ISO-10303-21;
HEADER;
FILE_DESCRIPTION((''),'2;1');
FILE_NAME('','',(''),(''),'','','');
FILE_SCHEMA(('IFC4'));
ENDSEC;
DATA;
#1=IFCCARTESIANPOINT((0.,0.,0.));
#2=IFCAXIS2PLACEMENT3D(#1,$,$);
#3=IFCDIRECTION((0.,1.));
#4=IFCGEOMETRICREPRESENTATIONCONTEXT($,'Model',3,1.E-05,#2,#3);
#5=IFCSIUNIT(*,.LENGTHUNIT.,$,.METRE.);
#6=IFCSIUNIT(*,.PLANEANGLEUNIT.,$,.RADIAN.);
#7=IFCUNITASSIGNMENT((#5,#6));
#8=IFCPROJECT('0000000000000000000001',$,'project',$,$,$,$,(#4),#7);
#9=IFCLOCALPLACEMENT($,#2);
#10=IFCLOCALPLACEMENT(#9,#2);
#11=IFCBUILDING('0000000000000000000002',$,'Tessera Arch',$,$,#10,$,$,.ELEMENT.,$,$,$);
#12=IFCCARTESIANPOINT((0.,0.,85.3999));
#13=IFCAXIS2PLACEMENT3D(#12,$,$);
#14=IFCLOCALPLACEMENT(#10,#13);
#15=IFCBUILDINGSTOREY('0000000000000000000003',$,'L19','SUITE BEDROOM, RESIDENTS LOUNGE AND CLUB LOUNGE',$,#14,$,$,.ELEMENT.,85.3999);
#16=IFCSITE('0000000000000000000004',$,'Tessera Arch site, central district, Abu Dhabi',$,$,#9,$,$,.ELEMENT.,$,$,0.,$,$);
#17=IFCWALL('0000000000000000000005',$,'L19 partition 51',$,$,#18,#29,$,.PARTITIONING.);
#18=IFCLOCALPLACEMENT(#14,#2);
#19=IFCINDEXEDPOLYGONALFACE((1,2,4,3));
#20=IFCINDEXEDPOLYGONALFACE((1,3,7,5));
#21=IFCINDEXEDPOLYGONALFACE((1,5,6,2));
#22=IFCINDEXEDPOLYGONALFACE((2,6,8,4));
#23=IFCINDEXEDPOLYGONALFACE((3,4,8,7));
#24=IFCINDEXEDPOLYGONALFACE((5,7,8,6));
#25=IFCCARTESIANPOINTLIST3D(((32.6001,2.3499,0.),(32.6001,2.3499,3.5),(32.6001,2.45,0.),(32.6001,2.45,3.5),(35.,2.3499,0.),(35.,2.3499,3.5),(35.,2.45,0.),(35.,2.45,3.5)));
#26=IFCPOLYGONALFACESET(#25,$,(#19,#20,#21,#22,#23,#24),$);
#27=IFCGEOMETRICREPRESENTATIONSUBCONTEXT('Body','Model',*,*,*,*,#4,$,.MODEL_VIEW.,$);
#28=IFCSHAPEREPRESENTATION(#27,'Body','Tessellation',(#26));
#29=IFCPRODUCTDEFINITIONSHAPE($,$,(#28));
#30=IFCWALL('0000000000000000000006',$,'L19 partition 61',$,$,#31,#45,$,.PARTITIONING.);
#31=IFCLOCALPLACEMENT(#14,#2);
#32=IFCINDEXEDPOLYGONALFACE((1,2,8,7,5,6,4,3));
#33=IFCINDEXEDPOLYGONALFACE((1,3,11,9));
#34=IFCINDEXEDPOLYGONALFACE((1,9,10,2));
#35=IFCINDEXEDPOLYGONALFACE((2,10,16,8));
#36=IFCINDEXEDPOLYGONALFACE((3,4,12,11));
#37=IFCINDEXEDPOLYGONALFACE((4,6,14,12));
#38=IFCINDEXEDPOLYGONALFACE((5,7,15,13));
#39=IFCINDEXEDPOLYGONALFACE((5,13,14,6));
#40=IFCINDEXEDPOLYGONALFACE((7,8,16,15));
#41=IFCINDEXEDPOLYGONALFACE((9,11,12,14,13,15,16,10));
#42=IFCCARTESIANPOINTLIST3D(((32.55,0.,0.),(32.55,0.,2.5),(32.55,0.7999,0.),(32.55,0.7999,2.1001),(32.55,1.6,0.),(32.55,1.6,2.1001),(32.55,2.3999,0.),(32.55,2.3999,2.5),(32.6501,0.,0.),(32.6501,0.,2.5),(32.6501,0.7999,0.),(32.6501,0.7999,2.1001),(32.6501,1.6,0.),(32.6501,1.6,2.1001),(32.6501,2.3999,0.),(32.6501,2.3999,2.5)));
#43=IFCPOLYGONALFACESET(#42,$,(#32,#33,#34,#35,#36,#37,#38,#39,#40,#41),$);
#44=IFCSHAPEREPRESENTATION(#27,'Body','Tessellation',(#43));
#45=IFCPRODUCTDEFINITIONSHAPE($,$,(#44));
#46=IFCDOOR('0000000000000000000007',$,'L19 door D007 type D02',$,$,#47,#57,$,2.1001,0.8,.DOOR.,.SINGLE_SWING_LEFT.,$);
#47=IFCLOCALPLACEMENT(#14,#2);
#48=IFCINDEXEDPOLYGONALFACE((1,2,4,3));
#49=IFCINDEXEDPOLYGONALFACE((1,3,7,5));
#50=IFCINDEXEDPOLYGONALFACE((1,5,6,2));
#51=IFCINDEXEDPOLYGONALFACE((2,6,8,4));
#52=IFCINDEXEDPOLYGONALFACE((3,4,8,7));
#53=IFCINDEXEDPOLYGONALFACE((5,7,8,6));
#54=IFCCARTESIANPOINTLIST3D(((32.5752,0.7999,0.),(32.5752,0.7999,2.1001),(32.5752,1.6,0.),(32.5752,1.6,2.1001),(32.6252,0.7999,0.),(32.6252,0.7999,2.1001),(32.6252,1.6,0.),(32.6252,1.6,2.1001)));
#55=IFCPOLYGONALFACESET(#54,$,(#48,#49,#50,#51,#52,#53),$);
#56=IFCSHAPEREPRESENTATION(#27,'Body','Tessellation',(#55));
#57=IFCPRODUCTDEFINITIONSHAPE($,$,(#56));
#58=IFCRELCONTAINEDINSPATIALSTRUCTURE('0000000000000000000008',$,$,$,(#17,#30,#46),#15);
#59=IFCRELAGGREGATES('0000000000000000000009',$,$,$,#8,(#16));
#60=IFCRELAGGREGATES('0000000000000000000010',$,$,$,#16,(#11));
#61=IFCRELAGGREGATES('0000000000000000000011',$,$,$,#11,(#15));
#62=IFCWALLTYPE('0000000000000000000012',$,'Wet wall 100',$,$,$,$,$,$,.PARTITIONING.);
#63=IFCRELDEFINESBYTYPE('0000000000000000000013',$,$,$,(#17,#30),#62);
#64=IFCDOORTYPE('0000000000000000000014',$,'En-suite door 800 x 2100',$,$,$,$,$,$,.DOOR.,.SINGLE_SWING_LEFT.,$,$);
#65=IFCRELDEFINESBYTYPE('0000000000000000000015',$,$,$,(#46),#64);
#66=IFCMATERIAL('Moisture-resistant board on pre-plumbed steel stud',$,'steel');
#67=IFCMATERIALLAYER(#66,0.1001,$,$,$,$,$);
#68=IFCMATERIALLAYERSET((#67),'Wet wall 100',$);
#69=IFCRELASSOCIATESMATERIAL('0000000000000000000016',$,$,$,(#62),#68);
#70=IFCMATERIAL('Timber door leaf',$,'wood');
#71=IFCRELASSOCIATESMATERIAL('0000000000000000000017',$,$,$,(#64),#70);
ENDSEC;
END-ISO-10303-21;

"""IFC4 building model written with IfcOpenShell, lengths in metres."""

from ifc_helpers import new_model, si_unit, direction, frame, frame_2d, origin, place, context, subcontext, project, spatial, rectangle, extrude, material, layer, layer_set, type_object, element, fill, save


model = new_model("IFC4")

# Units and contexts
model_context = context("Model", 3, precision=1e-05, world=origin(), true_north=direction((0.0, 1.0)))
body_context = subcontext(model_context, "Body", "Model", "MODEL_VIEW")
ifc_project = project(units=[si_unit("LENGTHUNIT", "METRE"), si_unit("PLANEANGLEUNIT", "RADIAN")], contexts=[model_context])

# Site, building, storey
site_placement = place(None, origin())
site = spatial("IfcSite", under=ifc_project, at=site_placement, Name="Tessera Arch site, central district, Abu Dhabi", CompositionType="ELEMENT", RefElevation=0.0)
building_placement = place(site_placement, origin())
building = spatial("IfcBuilding", under=site, at=building_placement, Name="Tessera Arch", CompositionType="ELEMENT")
storey_placement = place(building_placement, frame((0.0, 0.0, 85.3999)))
storey = spatial("IfcBuildingStorey", under=building, at=storey_placement, Name="L19", Description="SUITE BEDROOM, RESIDENTS LOUNGE AND CLUB LOUNGE", CompositionType="ELEMENT", Elevation=85.3999)

# Wall
ifc_material_1 = material(Name="Moisture-resistant board on pre-plumbed steel stud", Category="steel")
ifc_layer_1 = layer(ifc_material_1, 0.1001)
ifc_layer_set_1 = layer_set([ifc_layer_1], Name="Wet wall 100")
wall_type_1 = type_object("IfcWallType", Name="Wet wall 100", PredefinedType="PARTITIONING", material=ifc_layer_set_1)
wall_1_placement = place(storey_placement, frame((32.6001, 2.3999, 0.0), z_axis=(0.0, 0.0, 1.0), x_axis=(1.0, 0.0, 0.0)))
element("IfcWall", 1, at=wall_1_placement, inside=storey, type_object=wall_type_1, Name="L19 partition 51", PredefinedType="PARTITIONING", context=body_context, shape_type="SweptSolid", body=[
    extrude(rectangle(XDim=2.3999, YDim=0.1001, at=frame_2d((1.2, 0.0))), origin(), (0.0, 0.0, 1.0), 3.5),
])

# Wall, opening, door
wall_2_placement = place(storey_placement, frame((32.6001, 0.0, 0.0), z_axis=(0.0, 0.0, 1.0), x_axis=(0.0, 1.0, 0.0)))
wall_2 = element("IfcWall", 2, at=wall_2_placement, inside=storey, type_object=wall_type_1, Name="L19 partition 61", PredefinedType="PARTITIONING", context=body_context, shape_type="SweptSolid", body=[
    extrude(rectangle(XDim=2.3999, YDim=0.1001, at=frame_2d((1.2, 0.0))), origin(), (0.0, 0.0, 1.0), 2.5),
])
opening_1_placement = place(wall_2_placement, frame((0.8, 0.0, 0.0)))
opening_1 = element("IfcOpeningElement", 3, at=opening_1_placement, cuts=wall_2, PredefinedType="OPENING", context=body_context, shape_type="SweptSolid", body=[
    extrude(rectangle(XDim=0.8, YDim=2.1001, at=frame_2d((0.3999, 1.05))), frame((0.0, 0.0601, 0.0), z_axis=(0.0, -1.0, 0.0), x_axis=(1.0, 0.0, 0.0)), (0.0, 0.0, 1.0), 0.1201),
])
ifc_material_2 = material(Name="Timber door leaf", Category="wood")
door_type_1 = type_object("IfcDoorType", Name="En-suite door 800 x 2100", OperationType="SINGLE_SWING_LEFT", PredefinedType="DOOR", material=ifc_material_2)
door_1_placement = place(opening_1_placement, origin())
door_1 = element("IfcDoor", 4, at=door_1_placement, inside=storey, type_object=door_type_1, Name="L19 door D007 type D02", OperationType="SINGLE_SWING_LEFT", OverallHeight=2.1001, OverallWidth=0.8, PredefinedType="DOOR", context=body_context, shape_type="SweptSolid", body=[
    extrude(rectangle(XDim=0.8, YDim=2.1001, at=frame_2d((0.3999, 1.05))), frame((0.0, 0.0249, 0.0), z_axis=(0.0, -1.0, 0.0), x_axis=(1.0, 0.0, 0.0)), (0.0, 0.0, 1.0), 0.05),
])
fill(opening_1, door_1)

save(model, "model.ifc")
